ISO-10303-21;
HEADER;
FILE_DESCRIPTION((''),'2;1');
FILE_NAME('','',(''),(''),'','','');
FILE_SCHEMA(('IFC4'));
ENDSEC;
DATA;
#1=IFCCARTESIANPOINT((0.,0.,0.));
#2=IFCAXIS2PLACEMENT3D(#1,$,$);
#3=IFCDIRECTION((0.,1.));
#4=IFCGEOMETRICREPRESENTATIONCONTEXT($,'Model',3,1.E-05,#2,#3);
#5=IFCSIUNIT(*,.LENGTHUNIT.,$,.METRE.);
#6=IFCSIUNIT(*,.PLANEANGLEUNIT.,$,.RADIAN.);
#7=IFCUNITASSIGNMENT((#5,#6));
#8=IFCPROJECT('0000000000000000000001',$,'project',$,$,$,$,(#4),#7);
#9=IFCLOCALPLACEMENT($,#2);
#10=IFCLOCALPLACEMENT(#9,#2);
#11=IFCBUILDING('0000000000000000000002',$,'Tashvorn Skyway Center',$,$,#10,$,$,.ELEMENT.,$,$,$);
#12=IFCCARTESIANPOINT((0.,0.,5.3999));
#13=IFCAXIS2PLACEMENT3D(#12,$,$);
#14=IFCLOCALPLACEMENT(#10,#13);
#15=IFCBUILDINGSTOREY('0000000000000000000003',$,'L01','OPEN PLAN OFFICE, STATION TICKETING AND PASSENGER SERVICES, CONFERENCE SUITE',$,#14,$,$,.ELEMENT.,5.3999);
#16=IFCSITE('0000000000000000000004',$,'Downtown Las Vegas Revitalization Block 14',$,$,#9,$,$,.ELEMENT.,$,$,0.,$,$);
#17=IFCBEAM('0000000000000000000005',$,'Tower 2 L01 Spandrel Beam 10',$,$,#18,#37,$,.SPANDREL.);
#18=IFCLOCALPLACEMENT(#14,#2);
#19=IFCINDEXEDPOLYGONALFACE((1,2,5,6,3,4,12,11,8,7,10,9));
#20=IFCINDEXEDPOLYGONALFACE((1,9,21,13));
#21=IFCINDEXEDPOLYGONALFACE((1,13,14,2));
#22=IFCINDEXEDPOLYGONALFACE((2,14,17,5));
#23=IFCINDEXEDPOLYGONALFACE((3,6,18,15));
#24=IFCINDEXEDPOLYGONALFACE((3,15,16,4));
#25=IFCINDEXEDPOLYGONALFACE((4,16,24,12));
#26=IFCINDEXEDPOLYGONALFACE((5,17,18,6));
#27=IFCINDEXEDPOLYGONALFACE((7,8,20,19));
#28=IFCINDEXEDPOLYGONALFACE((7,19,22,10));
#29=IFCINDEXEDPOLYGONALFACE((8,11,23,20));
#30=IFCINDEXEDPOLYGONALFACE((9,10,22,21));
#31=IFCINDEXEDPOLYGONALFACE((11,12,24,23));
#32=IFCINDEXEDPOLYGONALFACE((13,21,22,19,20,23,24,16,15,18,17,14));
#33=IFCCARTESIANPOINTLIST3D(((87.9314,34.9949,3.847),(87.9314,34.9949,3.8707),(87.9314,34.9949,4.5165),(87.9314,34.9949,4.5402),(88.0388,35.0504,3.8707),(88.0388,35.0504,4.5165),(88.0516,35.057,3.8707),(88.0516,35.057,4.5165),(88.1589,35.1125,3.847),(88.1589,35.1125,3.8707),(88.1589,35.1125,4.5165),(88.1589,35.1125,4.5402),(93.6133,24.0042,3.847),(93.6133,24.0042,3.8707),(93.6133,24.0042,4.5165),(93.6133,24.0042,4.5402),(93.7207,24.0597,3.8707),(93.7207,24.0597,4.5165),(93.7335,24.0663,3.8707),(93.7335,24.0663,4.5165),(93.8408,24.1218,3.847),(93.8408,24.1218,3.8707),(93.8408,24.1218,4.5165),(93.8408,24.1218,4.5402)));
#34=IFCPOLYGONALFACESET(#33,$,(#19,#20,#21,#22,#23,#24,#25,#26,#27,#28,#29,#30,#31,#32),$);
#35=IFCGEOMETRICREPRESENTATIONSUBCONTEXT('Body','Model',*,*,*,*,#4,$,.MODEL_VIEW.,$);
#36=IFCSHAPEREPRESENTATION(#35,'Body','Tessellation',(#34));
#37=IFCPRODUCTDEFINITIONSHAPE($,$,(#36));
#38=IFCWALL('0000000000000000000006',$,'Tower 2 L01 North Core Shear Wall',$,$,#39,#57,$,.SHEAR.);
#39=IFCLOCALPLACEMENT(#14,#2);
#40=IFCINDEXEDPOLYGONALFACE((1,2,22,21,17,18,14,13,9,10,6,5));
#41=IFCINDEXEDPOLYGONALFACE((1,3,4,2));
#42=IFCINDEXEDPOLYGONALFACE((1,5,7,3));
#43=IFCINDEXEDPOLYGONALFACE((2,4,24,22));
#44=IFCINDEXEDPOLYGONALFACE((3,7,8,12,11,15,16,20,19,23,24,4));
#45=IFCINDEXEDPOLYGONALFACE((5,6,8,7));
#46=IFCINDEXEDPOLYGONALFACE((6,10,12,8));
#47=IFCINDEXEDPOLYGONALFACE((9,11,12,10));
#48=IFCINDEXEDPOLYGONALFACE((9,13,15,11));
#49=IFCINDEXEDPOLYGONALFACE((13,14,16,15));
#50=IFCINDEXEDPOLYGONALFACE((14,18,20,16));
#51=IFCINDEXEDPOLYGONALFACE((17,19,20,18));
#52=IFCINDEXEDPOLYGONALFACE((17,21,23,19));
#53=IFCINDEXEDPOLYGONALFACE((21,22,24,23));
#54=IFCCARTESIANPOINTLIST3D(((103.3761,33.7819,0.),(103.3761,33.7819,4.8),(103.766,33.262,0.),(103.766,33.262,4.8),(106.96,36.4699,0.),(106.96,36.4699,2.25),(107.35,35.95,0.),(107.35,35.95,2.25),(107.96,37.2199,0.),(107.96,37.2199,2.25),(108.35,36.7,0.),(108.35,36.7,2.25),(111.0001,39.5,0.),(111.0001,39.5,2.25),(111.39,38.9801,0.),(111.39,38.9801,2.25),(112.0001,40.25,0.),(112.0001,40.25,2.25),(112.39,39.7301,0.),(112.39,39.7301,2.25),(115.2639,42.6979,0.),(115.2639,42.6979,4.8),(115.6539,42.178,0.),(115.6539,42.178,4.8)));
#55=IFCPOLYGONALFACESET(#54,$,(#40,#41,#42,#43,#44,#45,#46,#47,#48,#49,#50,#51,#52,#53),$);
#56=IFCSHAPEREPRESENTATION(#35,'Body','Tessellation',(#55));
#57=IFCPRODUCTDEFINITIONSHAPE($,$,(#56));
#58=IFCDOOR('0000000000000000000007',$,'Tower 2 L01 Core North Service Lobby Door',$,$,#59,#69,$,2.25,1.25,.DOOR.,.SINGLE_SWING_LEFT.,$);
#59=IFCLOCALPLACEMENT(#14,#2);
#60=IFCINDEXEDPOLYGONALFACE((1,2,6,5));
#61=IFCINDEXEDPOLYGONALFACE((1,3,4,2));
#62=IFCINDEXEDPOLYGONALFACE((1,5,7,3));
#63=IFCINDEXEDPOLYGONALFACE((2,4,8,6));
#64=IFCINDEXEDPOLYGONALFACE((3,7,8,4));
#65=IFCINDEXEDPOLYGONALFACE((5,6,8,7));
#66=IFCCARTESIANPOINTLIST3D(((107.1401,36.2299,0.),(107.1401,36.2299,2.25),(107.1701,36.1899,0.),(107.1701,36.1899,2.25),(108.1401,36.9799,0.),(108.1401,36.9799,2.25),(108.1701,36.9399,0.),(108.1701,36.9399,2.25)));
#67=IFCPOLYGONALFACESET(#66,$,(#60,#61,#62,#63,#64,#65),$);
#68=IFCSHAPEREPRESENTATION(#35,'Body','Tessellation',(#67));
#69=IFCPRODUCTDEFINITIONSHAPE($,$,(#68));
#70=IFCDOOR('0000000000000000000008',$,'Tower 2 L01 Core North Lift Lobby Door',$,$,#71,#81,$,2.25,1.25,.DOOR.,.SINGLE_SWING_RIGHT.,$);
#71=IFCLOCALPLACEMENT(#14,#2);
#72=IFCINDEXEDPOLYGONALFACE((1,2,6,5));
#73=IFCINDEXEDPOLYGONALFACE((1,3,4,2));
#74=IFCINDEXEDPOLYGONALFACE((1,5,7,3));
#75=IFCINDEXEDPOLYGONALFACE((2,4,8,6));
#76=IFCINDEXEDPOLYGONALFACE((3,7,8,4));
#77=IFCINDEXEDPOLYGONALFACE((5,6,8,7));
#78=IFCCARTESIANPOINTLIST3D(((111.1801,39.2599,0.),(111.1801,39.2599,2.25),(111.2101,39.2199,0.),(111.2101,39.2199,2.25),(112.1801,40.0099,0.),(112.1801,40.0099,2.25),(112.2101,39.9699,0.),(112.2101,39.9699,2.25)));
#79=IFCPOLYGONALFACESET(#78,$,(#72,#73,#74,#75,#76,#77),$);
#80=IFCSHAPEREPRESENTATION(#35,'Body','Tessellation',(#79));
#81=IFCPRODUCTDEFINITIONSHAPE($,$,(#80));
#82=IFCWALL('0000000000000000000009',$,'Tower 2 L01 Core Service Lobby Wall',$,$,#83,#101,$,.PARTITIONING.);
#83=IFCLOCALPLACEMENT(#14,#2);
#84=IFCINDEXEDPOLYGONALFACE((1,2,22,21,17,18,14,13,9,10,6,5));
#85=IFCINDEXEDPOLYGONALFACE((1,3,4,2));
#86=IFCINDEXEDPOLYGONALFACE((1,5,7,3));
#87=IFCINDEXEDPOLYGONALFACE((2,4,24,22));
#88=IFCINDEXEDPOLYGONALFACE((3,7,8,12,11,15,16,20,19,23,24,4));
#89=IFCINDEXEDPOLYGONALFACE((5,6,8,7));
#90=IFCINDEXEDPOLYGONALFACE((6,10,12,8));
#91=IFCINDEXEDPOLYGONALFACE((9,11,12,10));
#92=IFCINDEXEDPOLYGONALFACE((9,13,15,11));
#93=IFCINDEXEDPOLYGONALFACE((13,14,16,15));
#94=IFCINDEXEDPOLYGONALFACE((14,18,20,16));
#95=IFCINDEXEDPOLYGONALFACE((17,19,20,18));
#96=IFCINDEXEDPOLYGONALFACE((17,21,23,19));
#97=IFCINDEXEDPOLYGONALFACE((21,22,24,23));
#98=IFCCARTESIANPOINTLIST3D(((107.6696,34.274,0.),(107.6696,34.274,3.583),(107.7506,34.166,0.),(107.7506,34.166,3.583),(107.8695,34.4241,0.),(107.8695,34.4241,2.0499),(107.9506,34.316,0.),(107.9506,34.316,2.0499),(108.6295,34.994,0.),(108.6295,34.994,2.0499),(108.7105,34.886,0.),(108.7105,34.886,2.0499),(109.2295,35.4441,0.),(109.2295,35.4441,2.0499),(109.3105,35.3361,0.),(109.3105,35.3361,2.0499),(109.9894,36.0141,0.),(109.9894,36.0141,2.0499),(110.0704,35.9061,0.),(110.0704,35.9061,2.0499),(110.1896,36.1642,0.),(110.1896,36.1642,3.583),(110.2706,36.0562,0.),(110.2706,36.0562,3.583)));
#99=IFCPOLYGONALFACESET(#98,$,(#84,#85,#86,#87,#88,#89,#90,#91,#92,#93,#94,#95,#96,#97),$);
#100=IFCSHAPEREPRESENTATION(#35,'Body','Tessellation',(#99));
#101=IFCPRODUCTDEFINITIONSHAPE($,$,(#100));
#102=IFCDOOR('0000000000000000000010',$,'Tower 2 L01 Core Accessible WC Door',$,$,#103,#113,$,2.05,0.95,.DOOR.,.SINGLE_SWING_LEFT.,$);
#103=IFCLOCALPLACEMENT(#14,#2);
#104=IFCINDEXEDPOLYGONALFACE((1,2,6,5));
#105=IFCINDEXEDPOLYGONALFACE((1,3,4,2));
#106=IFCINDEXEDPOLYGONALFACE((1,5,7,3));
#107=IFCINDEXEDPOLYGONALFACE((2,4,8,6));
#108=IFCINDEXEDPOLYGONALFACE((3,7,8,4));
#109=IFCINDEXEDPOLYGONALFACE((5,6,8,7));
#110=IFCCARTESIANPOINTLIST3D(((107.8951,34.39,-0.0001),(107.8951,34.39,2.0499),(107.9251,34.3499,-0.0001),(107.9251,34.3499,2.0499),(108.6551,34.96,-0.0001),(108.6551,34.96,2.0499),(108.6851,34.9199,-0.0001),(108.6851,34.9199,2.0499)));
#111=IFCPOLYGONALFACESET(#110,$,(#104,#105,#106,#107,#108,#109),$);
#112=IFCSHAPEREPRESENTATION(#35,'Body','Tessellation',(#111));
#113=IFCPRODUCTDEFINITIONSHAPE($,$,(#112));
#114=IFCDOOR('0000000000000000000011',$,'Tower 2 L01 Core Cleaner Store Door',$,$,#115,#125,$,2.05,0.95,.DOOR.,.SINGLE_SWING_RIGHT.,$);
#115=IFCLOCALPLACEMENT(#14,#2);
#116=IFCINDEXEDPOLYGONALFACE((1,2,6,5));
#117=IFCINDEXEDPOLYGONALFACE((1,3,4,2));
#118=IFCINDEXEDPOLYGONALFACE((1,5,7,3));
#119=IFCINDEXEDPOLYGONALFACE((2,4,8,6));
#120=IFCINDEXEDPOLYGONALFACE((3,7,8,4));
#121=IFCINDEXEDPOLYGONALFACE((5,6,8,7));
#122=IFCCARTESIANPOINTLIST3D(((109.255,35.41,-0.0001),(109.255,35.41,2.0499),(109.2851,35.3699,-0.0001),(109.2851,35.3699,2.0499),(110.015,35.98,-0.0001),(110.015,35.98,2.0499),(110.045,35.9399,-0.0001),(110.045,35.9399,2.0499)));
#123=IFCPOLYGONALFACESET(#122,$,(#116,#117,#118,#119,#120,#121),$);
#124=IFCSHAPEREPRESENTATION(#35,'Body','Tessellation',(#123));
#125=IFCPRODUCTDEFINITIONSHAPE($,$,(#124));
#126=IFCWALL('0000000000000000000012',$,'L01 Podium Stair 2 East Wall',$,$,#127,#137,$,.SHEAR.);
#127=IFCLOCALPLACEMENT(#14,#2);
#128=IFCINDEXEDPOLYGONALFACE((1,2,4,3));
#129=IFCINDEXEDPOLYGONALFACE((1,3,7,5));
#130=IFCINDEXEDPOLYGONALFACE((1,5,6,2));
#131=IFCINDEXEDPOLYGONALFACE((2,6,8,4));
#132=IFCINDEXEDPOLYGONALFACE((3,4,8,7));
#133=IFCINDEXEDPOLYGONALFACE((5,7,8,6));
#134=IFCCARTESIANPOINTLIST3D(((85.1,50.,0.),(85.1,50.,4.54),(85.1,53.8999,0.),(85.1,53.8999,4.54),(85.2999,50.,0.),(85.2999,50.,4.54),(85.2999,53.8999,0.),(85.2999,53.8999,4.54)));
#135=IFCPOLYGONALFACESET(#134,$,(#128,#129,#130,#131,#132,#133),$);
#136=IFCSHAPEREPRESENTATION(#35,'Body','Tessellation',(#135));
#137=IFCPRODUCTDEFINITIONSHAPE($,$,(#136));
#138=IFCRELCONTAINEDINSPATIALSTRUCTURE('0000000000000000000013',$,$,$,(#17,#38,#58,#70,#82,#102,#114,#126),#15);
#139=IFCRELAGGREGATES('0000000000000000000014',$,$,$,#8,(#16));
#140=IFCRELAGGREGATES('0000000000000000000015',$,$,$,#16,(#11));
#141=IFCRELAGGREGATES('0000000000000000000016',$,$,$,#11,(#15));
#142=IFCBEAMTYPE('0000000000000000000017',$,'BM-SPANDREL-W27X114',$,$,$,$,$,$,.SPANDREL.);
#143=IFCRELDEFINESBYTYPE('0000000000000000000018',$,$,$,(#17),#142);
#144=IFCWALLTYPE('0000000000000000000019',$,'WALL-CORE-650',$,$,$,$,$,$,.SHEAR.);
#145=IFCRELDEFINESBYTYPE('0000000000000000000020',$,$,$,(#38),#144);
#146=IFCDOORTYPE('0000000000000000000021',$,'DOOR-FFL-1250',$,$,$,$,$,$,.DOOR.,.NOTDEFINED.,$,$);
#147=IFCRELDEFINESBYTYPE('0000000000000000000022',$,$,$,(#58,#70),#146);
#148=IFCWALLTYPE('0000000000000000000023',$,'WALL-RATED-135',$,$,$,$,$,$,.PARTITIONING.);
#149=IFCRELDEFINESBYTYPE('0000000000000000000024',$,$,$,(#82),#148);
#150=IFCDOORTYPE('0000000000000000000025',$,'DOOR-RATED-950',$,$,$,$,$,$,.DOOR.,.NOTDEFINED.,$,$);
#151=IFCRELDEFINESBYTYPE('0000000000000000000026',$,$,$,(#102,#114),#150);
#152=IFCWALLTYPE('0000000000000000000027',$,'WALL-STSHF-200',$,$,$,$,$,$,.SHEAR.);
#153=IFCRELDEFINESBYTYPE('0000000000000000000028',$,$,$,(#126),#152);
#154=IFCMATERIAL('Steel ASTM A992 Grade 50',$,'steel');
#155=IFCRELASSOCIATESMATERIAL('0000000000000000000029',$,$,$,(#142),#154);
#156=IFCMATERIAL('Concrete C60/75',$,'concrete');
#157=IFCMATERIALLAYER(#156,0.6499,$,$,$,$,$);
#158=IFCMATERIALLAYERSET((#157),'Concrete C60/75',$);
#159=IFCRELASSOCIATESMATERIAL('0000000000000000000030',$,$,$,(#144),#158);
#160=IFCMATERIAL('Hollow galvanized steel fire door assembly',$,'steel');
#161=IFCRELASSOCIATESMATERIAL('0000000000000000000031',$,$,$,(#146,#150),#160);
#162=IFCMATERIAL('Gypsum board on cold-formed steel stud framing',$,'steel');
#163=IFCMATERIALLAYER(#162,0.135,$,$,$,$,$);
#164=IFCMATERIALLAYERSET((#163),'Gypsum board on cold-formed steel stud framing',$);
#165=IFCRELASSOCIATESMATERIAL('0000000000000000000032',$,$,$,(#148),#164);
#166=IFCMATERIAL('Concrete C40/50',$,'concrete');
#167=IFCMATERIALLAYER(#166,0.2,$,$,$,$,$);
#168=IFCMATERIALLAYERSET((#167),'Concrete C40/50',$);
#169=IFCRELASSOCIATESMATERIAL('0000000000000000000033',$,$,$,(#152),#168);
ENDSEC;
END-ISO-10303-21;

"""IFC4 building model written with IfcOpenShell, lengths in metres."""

from ifc_helpers import new_model, si_unit, direction, frame, frame_2d, origin, origin_2d, place, context, subcontext, project, spatial, rectangle, i_section, extrude, material, layer, layer_set, material_profile, profile_set, type_object, element, fill, save


model = new_model("IFC4")

# Units and contexts
model_context = context("Model", 3, precision=1e-05, world=origin(), true_north=direction((0.0, 1.0)))
body_context = subcontext(model_context, "Body", "Model", "MODEL_VIEW")
ifc_project = project(units=[si_unit("LENGTHUNIT", "METRE"), si_unit("PLANEANGLEUNIT", "RADIAN")], contexts=[model_context])

# Site, building, storey
site_placement = place(None, origin())
site = spatial("IfcSite", under=ifc_project, at=site_placement, Name="Downtown Las Vegas Revitalization Block 14", CompositionType="ELEMENT", RefElevation=0.0)
building_placement = place(site_placement, origin())
building = spatial("IfcBuilding", under=site, at=building_placement, Name="Tashvorn Skyway Center", CompositionType="ELEMENT")
storey_placement = place(building_placement, frame((0.0, 0.0, 5.3999)))
storey = spatial("IfcBuildingStorey", under=building, at=storey_placement, Name="L01", Description="OPEN PLAN OFFICE, STATION TICKETING AND PASSENGER SERVICES, CONFERENCE SUITE", CompositionType="ELEMENT", Elevation=5.3999)

# Beam
ifc_material_1 = material(Name="Steel ASTM A992 Grade 50", Category="steel")
ifc_material_profile_1 = material_profile(ifc_material_1, i_section(OverallWidth=0.2561, OverallDepth=0.6931, WebThickness=0.0144, FlangeThickness=0.0237, at=origin_2d()), Name="W27X114")
ifc_profile_set_1 = profile_set([ifc_material_profile_1], Name="Steel ASTM A992 Grade 50")
beam_type_1 = type_object("IfcBeamType", Name="BM-SPANDREL-W27X114", PredefinedType="SPANDREL", material=ifc_profile_set_1)
for number, where, z_axis, x_axis, name in (
    (1, (88.0452, 35.0537, 4.1936), (0.459233, -0.888316, 0.0), (0.888316, 0.459233, 0.0), "Tower 2 L01 Spandrel Beam 10"),
):
    element("IfcBeam", number, at=place(storey_placement, frame(where, z_axis=z_axis, x_axis=x_axis)), inside=storey, type_object=beam_type_1, Name=name, PredefinedType="SPANDREL", context=body_context, shape_type="SweptSolid", body=[
        extrude(i_section(OverallWidth=0.2561, OverallDepth=0.6931, WebThickness=0.0144, FlangeThickness=0.0237, at=origin_2d()), origin(), (0.0, 0.0, 1.0), 12.3726),
    ])

# Walls, openings, doors
ifc_material_2 = material(Name="Concrete C60/75", Category="concrete")
ifc_layer_1 = layer(ifc_material_2, 0.6499)
ifc_layer_set_1 = layer_set([ifc_layer_1], Name="Concrete C60/75")
wall_type_1 = type_object("IfcWallType", Name="WALL-CORE-650", PredefinedType="SHEAR", material=ifc_layer_set_1)
wall_1_placement = place(storey_placement, frame((103.571, 33.522, 0.0), z_axis=(0.0, 0.0, 1.0), x_axis=(0.799998, 0.600003, 0.0)))
wall_1 = element("IfcWall", 2, at=wall_1_placement, inside=storey, type_object=wall_type_1, Name="Tower 2 L01 North Core Shear Wall", PredefinedType="SHEAR", context=body_context, shape_type="SweptSolid", body=[
    extrude(rectangle(XDim=14.8599, YDim=0.6499, at=frame_2d((7.4299, 0.0))), origin(), (0.0, 0.0, 1.0), 4.8),
])
opening_1_placement = place(wall_1_placement, frame((4.48, 0.0, 0.0)))
opening_1 = element("IfcOpeningElement", 3, at=opening_1_placement, cuts=wall_1, PredefinedType="OPENING", context=body_context, shape_type="SweptSolid", body=[
    extrude(rectangle(XDim=1.25, YDim=2.25, at=frame_2d((0.625, 1.125))), frame((0.0, 0.335, 0.0), z_axis=(0.0, -1.0, 0.0), x_axis=(1.0, 0.0, 0.0)), (0.0, 0.0, 1.0), 0.6699),
])
opening_2_placement = place(wall_1_placement, frame((9.53, 0.0, 0.0)))
opening_2 = element("IfcOpeningElement", 4, at=opening_2_placement, cuts=wall_1, PredefinedType="OPENING", context=body_context, shape_type="SweptSolid", body=[
    extrude(rectangle(XDim=1.25, YDim=2.25, at=frame_2d((0.625, 1.125))), frame((0.0, 0.335, 0.0), z_axis=(0.0, -1.0, 0.0), x_axis=(1.0, 0.0, 0.0)), (0.0, 0.0, 1.0), 0.6699),
])
ifc_material_3 = material(Name="Hollow galvanized steel fire door assembly", Category="steel")
door_type_1 = type_object("IfcDoorType", Name="DOOR-FFL-1250", OperationType="NOTDEFINED", PredefinedType="DOOR", material=ifc_material_3)
door_1_placement = place(opening_1_placement, origin())
door_1 = element("IfcDoor", 5, at=door_1_placement, inside=storey, type_object=door_type_1, Name="Tower 2 L01 Core North Service Lobby Door", OperationType="SINGLE_SWING_LEFT", OverallHeight=2.25, OverallWidth=1.25, PredefinedType="DOOR", context=body_context, shape_type="SweptSolid", body=[
    extrude(rectangle(XDim=1.25, YDim=2.25, at=frame_2d((0.625, 1.125))), frame((0.0, 0.0249, 0.0), z_axis=(0.0, -1.0, 0.0), x_axis=(1.0, 0.0, 0.0)), (0.0, 0.0, 1.0), 0.05),
])
fill(opening_1, door_1)
door_2_placement = place(opening_2_placement, origin())
door_2 = element("IfcDoor", 6, at=door_2_placement, inside=storey, type_object=door_type_1, Name="Tower 2 L01 Core North Lift Lobby Door", OperationType="SINGLE_SWING_RIGHT", OverallHeight=2.25, OverallWidth=1.25, PredefinedType="DOOR", context=body_context, shape_type="SweptSolid", body=[
    extrude(rectangle(XDim=1.25, YDim=2.25, at=frame_2d((0.625, 1.125))), frame((0.0, 0.0249, 0.0), z_axis=(0.0, -1.0, 0.0), x_axis=(1.0, 0.0, 0.0)), (0.0, 0.0, 1.0), 0.05),
])
fill(opening_2, door_2)
ifc_material_4 = material(Name="Gypsum board on cold-formed steel stud framing", Category="steel")
ifc_layer_2 = layer(ifc_material_4, 0.135)
ifc_layer_set_2 = layer_set([ifc_layer_2], Name="Gypsum board on cold-formed steel stud framing")
wall_type_2 = type_object("IfcWallType", Name="WALL-RATED-135", PredefinedType="PARTITIONING", material=ifc_layer_set_2)
wall_2_placement = place(storey_placement, frame((107.71, 34.22, 0.0), z_axis=(0.0, 0.0, 1.0), x_axis=(0.799981, 0.600025, 0.0)))
wall_2 = element("IfcWall", 7, at=wall_2_placement, inside=storey, type_object=wall_type_2, Name="Tower 2 L01 Core Service Lobby Wall", PredefinedType="PARTITIONING", context=body_context, shape_type="SweptSolid", body=[
    extrude(rectangle(XDim=3.1501, YDim=0.135, at=frame_2d((1.5752, 0.0))), origin(), (0.0, 0.0, 1.0), 3.583),
])
opening_3_placement = place(wall_2_placement, frame((0.25, 0.0, 0.0)))
opening_3 = element("IfcOpeningElement", 8, at=opening_3_placement, cuts=wall_2, PredefinedType="OPENING", context=body_context, shape_type="SweptSolid", body=[
    extrude(rectangle(XDim=0.95, YDim=2.05, at=frame_2d((0.4751, 1.0249))), frame((0.0, 0.0774, 0.0), z_axis=(0.0, -1.0, 0.0), x_axis=(1.0, 0.0, 0.0)), (0.0, 0.0, 1.0), 0.155),
])
opening_4_placement = place(wall_2_placement, frame((1.95, 0.0, 0.0)))
opening_4 = element("IfcOpeningElement", 9, at=opening_4_placement, cuts=wall_2, PredefinedType="OPENING", context=body_context, shape_type="SweptSolid", body=[
    extrude(rectangle(XDim=0.95, YDim=2.05, at=frame_2d((0.4751, 1.0249))), frame((0.0, 0.0774, 0.0), z_axis=(0.0, -1.0, 0.0), x_axis=(1.0, 0.0, 0.0)), (0.0, 0.0, 1.0), 0.155),
])
door_type_2 = type_object("IfcDoorType", Name="DOOR-RATED-950", OperationType="NOTDEFINED", PredefinedType="DOOR", material=ifc_material_3)
door_3_placement = place(opening_3_placement, origin())
door_3 = element("IfcDoor", 10, at=door_3_placement, inside=storey, type_object=door_type_2, Name="Tower 2 L01 Core Accessible WC Door", OperationType="SINGLE_SWING_LEFT", OverallHeight=2.05, OverallWidth=0.95, PredefinedType="DOOR", context=body_context, shape_type="SweptSolid", body=[
    extrude(rectangle(XDim=0.95, YDim=2.05, at=frame_2d((0.4751, 1.0249))), frame((0.0, 0.0249, 0.0), z_axis=(0.0, -1.0, 0.0), x_axis=(1.0, 0.0, 0.0)), (0.0, 0.0, 1.0), 0.05),
])
fill(opening_3, door_3)
door_4_placement = place(opening_4_placement, origin())
door_4 = element("IfcDoor", 11, at=door_4_placement, inside=storey, type_object=door_type_2, Name="Tower 2 L01 Core Cleaner Store Door", OperationType="SINGLE_SWING_RIGHT", OverallHeight=2.05, OverallWidth=0.95, PredefinedType="DOOR", context=body_context, shape_type="SweptSolid", body=[
    extrude(rectangle(XDim=0.95, YDim=2.05, at=frame_2d((0.4751, 1.0249))), frame((0.0, 0.0249, 0.0), z_axis=(0.0, -1.0, 0.0), x_axis=(1.0, 0.0, 0.0)), (0.0, 0.0, 1.0), 0.05),
])
fill(opening_4, door_4)

# Wall
ifc_material_5 = material(Name="Concrete C40/50", Category="concrete")
ifc_layer_3 = layer(ifc_material_5, 0.2)
ifc_layer_set_3 = layer_set([ifc_layer_3], Name="Concrete C40/50")
wall_type_3 = type_object("IfcWallType", Name="WALL-STSHF-200", PredefinedType="SHEAR", material=ifc_layer_set_3)
wall_3_placement = place(storey_placement, frame((85.2, 50.0, 0.0), z_axis=(0.0, 0.0, 1.0), x_axis=(0.0, 1.0, 0.0)))
element("IfcWall", 12, at=wall_3_placement, inside=storey, type_object=wall_type_3, Name="L01 Podium Stair 2 East Wall", PredefinedType="SHEAR", context=body_context, shape_type="SweptSolid", body=[
    extrude(rectangle(XDim=3.8999, YDim=0.2, at=frame_2d((1.95, 0.0))), origin(), (0.0, 0.0, 1.0), 4.54),
])

save(model, "model.ifc")
